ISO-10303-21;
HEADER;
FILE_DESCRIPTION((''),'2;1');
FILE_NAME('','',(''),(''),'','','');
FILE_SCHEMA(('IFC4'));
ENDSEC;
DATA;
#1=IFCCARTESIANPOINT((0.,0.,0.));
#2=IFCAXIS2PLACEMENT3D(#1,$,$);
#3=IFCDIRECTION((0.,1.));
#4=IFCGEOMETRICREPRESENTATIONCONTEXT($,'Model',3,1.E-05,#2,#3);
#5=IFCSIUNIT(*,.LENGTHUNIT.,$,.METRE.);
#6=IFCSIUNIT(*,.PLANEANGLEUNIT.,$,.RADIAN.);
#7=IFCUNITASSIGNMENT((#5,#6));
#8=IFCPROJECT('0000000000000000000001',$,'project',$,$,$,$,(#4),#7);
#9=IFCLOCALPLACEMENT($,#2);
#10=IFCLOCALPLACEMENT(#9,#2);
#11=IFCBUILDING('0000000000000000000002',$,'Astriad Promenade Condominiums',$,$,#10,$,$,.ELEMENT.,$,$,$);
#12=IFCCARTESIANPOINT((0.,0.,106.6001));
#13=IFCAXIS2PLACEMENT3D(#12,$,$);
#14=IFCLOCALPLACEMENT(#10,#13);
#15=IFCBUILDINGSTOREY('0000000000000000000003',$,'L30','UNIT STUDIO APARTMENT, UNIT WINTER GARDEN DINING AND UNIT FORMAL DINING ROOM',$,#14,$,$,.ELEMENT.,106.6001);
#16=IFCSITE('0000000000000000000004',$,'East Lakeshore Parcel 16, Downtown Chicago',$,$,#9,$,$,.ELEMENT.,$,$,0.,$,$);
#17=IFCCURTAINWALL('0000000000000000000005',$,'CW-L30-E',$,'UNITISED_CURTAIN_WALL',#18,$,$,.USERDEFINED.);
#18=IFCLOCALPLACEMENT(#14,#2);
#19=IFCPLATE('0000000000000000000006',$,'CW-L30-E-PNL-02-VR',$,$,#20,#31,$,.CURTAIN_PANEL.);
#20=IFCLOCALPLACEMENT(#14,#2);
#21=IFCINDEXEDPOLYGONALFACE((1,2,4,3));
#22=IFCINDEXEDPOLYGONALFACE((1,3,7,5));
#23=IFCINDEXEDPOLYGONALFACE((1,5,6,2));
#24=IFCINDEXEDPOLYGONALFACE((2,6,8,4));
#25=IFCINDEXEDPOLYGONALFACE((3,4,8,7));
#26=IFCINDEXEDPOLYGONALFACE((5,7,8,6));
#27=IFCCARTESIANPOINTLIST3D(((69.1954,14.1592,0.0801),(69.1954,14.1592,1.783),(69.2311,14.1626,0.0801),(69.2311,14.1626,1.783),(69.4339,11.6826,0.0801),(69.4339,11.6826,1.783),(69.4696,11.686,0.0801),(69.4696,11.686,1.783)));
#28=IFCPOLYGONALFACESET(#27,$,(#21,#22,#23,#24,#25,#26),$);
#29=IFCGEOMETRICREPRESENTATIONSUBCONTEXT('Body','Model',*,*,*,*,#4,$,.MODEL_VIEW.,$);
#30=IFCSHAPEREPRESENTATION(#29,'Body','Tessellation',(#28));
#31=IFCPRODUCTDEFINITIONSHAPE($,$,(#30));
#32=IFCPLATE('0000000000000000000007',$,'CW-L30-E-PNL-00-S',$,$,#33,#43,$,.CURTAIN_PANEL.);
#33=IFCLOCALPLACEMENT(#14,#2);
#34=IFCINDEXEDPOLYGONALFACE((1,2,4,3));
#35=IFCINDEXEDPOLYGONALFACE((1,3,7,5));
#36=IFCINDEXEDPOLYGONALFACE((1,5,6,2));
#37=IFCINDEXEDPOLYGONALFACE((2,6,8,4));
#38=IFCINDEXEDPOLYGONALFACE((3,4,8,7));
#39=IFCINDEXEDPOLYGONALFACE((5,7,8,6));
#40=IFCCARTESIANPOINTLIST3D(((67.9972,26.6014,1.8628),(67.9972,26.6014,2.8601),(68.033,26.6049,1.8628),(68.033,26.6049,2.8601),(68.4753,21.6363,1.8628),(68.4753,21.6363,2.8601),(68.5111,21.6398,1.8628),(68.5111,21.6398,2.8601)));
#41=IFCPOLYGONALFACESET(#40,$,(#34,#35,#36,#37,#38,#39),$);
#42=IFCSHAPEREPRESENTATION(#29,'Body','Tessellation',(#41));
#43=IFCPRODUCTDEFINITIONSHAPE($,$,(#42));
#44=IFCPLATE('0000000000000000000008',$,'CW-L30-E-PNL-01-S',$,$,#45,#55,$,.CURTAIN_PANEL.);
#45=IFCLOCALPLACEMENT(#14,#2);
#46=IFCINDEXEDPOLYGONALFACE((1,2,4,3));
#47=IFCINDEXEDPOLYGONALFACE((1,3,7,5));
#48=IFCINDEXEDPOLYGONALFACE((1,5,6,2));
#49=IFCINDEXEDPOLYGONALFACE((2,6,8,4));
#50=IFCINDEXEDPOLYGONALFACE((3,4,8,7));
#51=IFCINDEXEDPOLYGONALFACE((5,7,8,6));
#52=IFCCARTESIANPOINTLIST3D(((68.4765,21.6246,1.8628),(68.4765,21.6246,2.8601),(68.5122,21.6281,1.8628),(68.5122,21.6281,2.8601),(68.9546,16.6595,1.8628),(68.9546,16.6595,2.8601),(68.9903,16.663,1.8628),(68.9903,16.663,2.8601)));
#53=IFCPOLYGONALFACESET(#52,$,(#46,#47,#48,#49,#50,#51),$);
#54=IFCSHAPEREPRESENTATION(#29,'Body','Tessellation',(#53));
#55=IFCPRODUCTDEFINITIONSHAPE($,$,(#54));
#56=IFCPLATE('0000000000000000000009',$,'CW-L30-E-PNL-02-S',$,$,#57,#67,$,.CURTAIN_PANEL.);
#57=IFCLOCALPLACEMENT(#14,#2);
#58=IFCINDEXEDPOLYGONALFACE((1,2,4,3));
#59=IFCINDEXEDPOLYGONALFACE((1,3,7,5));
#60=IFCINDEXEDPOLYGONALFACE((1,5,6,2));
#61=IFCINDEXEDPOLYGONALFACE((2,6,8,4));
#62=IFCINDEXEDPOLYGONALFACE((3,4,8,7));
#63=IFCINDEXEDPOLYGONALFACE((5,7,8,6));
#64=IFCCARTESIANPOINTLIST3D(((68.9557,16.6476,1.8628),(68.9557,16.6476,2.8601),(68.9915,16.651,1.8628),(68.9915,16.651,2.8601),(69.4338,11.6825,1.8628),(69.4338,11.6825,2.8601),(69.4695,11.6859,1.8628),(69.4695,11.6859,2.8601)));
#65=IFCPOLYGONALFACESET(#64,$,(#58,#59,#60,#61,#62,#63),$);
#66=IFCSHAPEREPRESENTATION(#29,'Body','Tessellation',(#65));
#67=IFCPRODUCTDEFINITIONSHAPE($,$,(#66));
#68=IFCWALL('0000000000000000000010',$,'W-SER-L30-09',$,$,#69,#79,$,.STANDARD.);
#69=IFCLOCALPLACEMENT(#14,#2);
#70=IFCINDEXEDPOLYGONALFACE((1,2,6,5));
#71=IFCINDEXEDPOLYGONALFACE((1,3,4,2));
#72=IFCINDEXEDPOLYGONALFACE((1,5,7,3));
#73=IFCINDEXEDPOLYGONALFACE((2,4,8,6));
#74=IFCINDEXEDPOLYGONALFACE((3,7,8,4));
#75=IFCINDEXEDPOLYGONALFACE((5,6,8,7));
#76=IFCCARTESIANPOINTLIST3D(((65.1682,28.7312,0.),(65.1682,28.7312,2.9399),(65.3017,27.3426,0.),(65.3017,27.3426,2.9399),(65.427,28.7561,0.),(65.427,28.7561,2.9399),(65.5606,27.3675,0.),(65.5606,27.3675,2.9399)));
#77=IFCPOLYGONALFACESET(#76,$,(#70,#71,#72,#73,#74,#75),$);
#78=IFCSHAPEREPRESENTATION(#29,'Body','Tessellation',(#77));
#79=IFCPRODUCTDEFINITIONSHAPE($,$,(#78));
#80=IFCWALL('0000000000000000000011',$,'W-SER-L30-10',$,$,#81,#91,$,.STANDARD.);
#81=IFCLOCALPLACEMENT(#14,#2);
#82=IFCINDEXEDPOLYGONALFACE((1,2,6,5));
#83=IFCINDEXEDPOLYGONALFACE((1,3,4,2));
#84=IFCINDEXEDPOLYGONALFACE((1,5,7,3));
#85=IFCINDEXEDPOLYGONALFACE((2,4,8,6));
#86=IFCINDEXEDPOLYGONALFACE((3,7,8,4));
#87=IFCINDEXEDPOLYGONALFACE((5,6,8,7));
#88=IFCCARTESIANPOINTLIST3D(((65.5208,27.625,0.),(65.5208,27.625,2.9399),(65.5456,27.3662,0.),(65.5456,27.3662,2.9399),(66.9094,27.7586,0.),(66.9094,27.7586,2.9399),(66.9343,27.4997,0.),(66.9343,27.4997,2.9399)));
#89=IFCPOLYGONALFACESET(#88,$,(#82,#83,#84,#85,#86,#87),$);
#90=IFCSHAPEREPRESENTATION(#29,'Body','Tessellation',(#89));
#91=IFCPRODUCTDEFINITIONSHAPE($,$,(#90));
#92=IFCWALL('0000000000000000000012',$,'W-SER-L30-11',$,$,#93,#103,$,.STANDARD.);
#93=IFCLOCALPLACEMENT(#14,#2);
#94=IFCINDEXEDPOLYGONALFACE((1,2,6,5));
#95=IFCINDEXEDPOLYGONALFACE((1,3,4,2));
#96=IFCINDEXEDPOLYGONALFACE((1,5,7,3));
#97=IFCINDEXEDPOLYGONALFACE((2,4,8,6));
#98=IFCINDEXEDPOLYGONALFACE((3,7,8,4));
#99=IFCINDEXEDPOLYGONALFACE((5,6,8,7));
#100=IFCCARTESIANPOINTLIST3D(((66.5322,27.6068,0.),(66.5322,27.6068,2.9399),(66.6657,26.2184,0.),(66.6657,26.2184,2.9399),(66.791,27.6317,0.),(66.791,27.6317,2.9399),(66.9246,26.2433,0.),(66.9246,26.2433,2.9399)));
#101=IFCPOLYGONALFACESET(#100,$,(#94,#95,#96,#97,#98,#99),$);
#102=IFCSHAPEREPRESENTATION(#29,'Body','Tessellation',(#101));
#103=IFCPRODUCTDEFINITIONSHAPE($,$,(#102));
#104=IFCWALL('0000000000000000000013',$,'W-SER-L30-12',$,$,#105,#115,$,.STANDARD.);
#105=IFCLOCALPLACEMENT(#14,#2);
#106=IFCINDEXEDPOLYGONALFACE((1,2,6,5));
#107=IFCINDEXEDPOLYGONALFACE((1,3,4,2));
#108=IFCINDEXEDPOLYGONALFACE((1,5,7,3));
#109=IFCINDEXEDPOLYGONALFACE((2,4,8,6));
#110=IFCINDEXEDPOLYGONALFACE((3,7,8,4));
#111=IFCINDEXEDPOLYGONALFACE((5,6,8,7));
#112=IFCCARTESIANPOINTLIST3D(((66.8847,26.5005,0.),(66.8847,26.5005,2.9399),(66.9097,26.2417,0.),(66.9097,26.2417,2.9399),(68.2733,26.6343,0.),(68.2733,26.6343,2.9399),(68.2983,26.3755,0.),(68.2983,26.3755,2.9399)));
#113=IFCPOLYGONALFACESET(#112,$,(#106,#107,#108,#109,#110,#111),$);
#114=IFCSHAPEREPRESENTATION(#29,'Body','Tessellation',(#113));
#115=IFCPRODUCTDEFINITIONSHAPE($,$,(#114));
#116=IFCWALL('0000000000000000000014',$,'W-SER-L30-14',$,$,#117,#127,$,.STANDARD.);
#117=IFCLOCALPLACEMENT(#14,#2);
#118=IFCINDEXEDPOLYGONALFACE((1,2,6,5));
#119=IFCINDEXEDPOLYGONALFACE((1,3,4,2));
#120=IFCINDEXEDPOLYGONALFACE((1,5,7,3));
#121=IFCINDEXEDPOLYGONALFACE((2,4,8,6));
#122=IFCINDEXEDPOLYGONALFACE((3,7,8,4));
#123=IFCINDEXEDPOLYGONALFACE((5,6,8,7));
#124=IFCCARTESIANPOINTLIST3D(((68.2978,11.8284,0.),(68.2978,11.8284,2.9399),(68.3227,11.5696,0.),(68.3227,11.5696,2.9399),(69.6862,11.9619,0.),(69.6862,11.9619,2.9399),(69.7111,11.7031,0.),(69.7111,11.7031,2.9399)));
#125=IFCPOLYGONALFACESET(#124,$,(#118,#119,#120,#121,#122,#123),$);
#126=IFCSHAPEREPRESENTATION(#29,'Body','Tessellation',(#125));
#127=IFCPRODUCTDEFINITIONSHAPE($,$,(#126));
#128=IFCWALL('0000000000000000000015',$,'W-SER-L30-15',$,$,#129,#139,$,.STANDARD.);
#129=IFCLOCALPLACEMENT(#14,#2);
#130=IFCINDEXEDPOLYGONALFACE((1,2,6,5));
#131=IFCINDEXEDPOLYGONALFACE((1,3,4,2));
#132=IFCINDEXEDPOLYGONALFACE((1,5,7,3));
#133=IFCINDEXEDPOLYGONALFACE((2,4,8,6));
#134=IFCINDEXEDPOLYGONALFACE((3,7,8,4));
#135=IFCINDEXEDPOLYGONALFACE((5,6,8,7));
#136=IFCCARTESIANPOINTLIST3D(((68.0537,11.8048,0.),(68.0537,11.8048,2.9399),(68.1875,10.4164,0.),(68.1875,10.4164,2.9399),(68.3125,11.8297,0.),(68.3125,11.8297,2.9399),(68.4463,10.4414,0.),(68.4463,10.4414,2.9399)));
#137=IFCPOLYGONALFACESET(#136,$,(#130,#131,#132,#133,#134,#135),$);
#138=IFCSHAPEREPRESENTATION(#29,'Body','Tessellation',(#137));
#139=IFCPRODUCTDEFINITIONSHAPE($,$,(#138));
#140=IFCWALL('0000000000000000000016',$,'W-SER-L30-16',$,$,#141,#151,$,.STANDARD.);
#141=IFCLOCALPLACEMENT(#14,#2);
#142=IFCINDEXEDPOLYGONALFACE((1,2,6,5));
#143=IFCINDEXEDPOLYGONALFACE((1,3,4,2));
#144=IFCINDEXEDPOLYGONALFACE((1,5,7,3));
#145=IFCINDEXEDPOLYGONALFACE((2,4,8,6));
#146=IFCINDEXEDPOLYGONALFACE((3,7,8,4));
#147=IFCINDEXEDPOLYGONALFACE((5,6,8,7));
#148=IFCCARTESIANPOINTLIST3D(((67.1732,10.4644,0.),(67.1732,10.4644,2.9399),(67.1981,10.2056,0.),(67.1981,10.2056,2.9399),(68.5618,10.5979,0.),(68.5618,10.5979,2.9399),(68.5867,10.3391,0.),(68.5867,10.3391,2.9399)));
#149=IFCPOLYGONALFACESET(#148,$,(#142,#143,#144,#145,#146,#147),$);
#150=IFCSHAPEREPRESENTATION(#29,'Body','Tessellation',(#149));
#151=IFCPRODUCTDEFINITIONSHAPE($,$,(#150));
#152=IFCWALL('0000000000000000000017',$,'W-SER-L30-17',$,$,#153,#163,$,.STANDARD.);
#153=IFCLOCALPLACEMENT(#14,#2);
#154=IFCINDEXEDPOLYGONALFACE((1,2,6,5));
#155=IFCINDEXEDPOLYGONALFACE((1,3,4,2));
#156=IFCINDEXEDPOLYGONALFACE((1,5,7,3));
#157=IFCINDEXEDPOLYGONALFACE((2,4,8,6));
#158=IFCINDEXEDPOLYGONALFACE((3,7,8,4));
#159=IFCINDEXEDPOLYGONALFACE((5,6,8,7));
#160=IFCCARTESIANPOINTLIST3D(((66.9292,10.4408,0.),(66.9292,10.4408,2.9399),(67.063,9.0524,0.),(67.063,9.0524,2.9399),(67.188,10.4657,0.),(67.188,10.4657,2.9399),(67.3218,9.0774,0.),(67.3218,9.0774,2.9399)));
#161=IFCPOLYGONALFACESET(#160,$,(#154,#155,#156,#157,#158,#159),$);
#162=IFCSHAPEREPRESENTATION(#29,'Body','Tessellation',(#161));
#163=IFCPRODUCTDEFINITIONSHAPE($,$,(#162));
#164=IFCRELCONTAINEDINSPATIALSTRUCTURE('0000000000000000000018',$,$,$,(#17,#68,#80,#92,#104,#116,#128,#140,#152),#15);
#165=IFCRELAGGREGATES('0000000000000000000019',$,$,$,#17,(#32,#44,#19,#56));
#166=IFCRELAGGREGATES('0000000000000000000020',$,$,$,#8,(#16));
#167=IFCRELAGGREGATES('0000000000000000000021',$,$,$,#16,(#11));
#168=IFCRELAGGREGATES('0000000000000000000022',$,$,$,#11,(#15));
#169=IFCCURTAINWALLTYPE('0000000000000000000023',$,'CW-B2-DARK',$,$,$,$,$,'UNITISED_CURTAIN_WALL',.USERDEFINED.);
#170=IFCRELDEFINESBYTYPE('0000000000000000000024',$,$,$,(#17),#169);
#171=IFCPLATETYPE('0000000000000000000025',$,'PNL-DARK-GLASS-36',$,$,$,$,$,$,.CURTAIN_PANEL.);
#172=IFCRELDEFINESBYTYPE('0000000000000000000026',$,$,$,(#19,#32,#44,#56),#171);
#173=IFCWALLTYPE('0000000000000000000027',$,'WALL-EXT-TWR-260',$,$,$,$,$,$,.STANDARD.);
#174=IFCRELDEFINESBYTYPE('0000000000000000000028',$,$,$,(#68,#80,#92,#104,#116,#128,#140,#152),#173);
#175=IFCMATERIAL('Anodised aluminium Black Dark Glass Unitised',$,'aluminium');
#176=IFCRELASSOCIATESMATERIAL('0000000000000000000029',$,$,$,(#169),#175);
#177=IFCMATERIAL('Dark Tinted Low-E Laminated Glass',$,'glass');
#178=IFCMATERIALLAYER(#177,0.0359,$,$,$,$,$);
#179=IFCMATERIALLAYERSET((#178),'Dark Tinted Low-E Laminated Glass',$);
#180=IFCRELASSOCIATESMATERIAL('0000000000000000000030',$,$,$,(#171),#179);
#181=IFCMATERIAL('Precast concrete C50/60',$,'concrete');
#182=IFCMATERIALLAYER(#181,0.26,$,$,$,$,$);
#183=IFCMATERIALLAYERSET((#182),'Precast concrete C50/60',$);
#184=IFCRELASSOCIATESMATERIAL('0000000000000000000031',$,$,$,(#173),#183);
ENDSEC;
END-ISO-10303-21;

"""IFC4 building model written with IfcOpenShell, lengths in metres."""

from ifc_helpers import new_model, si_unit, direction, frame, frame_2d, origin, origin_2d, place, context, subcontext, project, spatial, rectangle, extrude, source, transform, mapped, material, layer, layer_set, type_object, type_shapes, element, aggregate, save


model = new_model("IFC4")

# Units and contexts
model_context = context("Model", 3, precision=1e-05, world=origin(), true_north=direction((0.0, 1.0)))
body_context = subcontext(model_context, "Body", "Model", "MODEL_VIEW")
ifc_project = project(units=[si_unit("LENGTHUNIT", "METRE"), si_unit("PLANEANGLEUNIT", "RADIAN")], contexts=[model_context])

# Site, building, storey
site_placement = place(None, origin())
site = spatial("IfcSite", under=ifc_project, at=site_placement, Name="East Lakeshore Parcel 16, Downtown Chicago", CompositionType="ELEMENT", RefElevation=0.0)
building_placement = place(site_placement, origin())
building = spatial("IfcBuilding", under=site, at=building_placement, Name="Astriad Promenade Condominiums", CompositionType="ELEMENT")
storey_placement = place(building_placement, frame((0.0, 0.0, 106.6001)))
storey = spatial("IfcBuildingStorey", under=building, at=storey_placement, Name="L30", Description="UNIT STUDIO APARTMENT, UNIT WINTER GARDEN DINING AND UNIT FORMAL DINING ROOM", CompositionType="ELEMENT", Elevation=106.6001)

# Curtain wall, plates
ifc_material_1 = material(Name="Anodised aluminium Black Dark Glass Unitised", Category="aluminium")
curtain_wall_type = type_object("IfcCurtainWallType", Name="CW-B2-DARK", ElementType="UNITISED_CURTAIN_WALL", PredefinedType="USERDEFINED", material=ifc_material_1)
curtain_wall_placement = place(storey_placement, origin())
curtain_wall = element("IfcCurtainWall", 1, at=curtain_wall_placement, inside=storey, type_object=curtain_wall_type, Name="CW-L30-E", ObjectType="UNITISED_CURTAIN_WALL", PredefinedType="USERDEFINED")
ifc_material_2 = material(Name="Dark Tinted Low-E Laminated Glass", Category="glass")
ifc_layer_1 = layer(ifc_material_2, 0.0359)
ifc_layer_set_1 = layer_set([ifc_layer_1], Name="Dark Tinted Low-E Laminated Glass")
plate_type = type_object("IfcPlateType", Name="PNL-DARK-GLASS-36", PredefinedType="CURTAIN_PANEL", material=ifc_layer_set_1)
shared_shape_1 = source(origin(), body_context, "Body", "SweptSolid", [
    extrude(rectangle(XDim=2.488, YDim=0.0359, at=origin_2d()), origin(), (0.0, 0.0, 1.0), 1.7029),
])
plate_1_placement = place(storey_placement, frame((69.3325, 12.9226, 0.0801), z_axis=(0.0, 0.0, 1.0), x_axis=(0.095846, -0.995396, 0.0)))
plate_1 = element("IfcPlate", 2, at=plate_1_placement, type_object=plate_type, Name="CW-L30-E-PNL-02-VR", PredefinedType="CURTAIN_PANEL", context=body_context, shape_type="MappedRepresentation", body=[
    mapped(shared_shape_1, transform((0.0, 0.0, 0.0), scale=1.0)),
])
shared_shape_2 = source(origin(), body_context, "Body", "SweptSolid", [
    extrude(rectangle(XDim=4.988, YDim=0.0359, at=origin_2d()), origin(), (0.0, 0.0, 1.0), 0.9973),
])
type_shapes(plate_type, [shared_shape_1, shared_shape_2])
plate_2_placement = place(storey_placement, frame((68.2542, 24.1206, 1.8628), z_axis=(0.0, 0.0, 1.0), x_axis=(0.095846, -0.995396, 0.0)))
plate_2 = element("IfcPlate", 3, at=plate_2_placement, type_object=plate_type, Name="CW-L30-E-PNL-00-S", PredefinedType="CURTAIN_PANEL", context=body_context, shape_type="MappedRepresentation", body=[
    mapped(shared_shape_2, transform((0.0, 0.0, 0.0), scale=1.0)),
])
plate_3_placement = place(storey_placement, frame((68.7334, 19.1438, 1.8628), z_axis=(0.0, 0.0, 1.0), x_axis=(0.095846, -0.995396, 0.0)))
plate_3 = element("IfcPlate", 4, at=plate_3_placement, type_object=plate_type, Name="CW-L30-E-PNL-01-S", PredefinedType="CURTAIN_PANEL", context=body_context, shape_type="MappedRepresentation", body=[
    mapped(shared_shape_2, transform((0.0, 0.0, 0.0), scale=1.0)),
])
plate_4_placement = place(storey_placement, frame((69.2126, 14.1667, 1.8628), z_axis=(0.0, 0.0, 1.0), x_axis=(0.095846, -0.995396, 0.0)))
plate_4 = element("IfcPlate", 5, at=plate_4_placement, type_object=plate_type, Name="CW-L30-E-PNL-02-S", PredefinedType="CURTAIN_PANEL", context=body_context, shape_type="MappedRepresentation", body=[
    mapped(shared_shape_2, transform((0.0, 0.0, 0.0), scale=1.0)),
])
aggregate(curtain_wall, [plate_2, plate_3, plate_1, plate_4])

# Walls
ifc_material_3 = material(Name="Precast concrete C50/60", Category="concrete")
ifc_layer_2 = layer(ifc_material_3, 0.26)
ifc_layer_set_2 = layer_set([ifc_layer_2], Name="Precast concrete C50/60")
wall_type_1 = type_object("IfcWallType", Name="WALL-EXT-TWR-260", PredefinedType="STANDARD", material=ifc_layer_set_2)
for number, where, z_axis, x_axis, name in (
    (6, (65.2976, 28.7437, 0.0), (0.0, 0.0, 1.0), (0.095726, -0.995408, 0.0), "W-SER-L30-09"),
    (7, (65.5332, 27.4956, 0.0), (0.0, 0.0, 1.0), (0.995408, 0.095726, 0.0), "W-SER-L30-10"),
):
    element("IfcWall", number, at=place(storey_placement, frame(where, z_axis=z_axis, x_axis=x_axis)), inside=storey, type_object=wall_type_1, Name=name, PredefinedType="STANDARD", context=body_context, shape_type="SweptSolid", body=[
        extrude(rectangle(XDim=1.395, YDim=0.26, at=frame_2d((0.6975, 0.0))), origin(), (0.0, 0.0, 1.0), 2.9399),
    ])
wall_1_placement = place(storey_placement, frame((66.6616, 27.6191, 0.0), z_axis=(0.0, 0.0, 1.0), x_axis=(0.095742, -0.995406, 0.0)))
element("IfcWall", 8, at=wall_1_placement, inside=storey, type_object=wall_type_1, Name="W-SER-L30-11", PredefinedType="STANDARD", context=body_context, shape_type="SweptSolid", body=[
    extrude(rectangle(XDim=1.3948, YDim=0.26, at=frame_2d((0.6973, 0.0))), origin(), (0.0, 0.0, 1.0), 2.9399),
])
wall_2_placement = place(storey_placement, frame((66.8972, 26.3711, 0.0), z_axis=(0.0, 0.0, 1.0), x_axis=(0.995391, 0.095899, 0.0)))
element("IfcWall", 9, at=wall_2_placement, inside=storey, type_object=wall_type_1, Name="W-SER-L30-12", PredefinedType="STANDARD", context=body_context, shape_type="SweptSolid", body=[
    extrude(rectangle(XDim=1.395, YDim=0.26, at=frame_2d((0.6975, 0.0))), origin(), (0.0, 0.0, 1.0), 2.9399),
])
for number, where, z_axis, x_axis, name in (
    (10, (69.6985, 11.8325, 0.0), (0.0, 0.0, 1.0), (-0.995406, -0.095742, 0.0), "W-SER-L30-14"),
    (11, (68.1831, 11.8171, 0.0), (0.0, 0.0, 1.0), (0.095916, -0.995389, 0.0), "W-SER-L30-15"),
):
    element("IfcWall", number, at=place(storey_placement, frame(where, z_axis=z_axis, x_axis=x_axis)), inside=storey, type_object=wall_type_1, Name=name, PredefinedType="STANDARD", context=body_context, shape_type="SweptSolid", body=[
        extrude(rectangle(XDim=1.3948, YDim=0.26, at=frame_2d((0.6973, 0.0))), origin(), (0.0, 0.0, 1.0), 2.9399),
    ])
wall_3_placement = place(storey_placement, frame((68.5742, 10.4685, 0.0), z_axis=(0.0, 0.0, 1.0), x_axis=(-0.995408, -0.095726, 0.0)))
element("IfcWall", 12, at=wall_3_placement, inside=storey, type_object=wall_type_1, Name="W-SER-L30-16", PredefinedType="STANDARD", context=body_context, shape_type="SweptSolid", body=[
    extrude(rectangle(XDim=1.395, YDim=0.26, at=frame_2d((0.6975, 0.0))), origin(), (0.0, 0.0, 1.0), 2.9399),
])
wall_4_placement = place(storey_placement, frame((67.0586, 10.4531, 0.0), z_axis=(0.0, 0.0, 1.0), x_axis=(0.095916, -0.995389, 0.0)))
element("IfcWall", 13, at=wall_4_placement, inside=storey, type_object=wall_type_1, Name="W-SER-L30-17", PredefinedType="STANDARD", context=body_context, shape_type="SweptSolid", body=[
    extrude(rectangle(XDim=1.3948, YDim=0.26, at=frame_2d((0.6973, 0.0))), origin(), (0.0, 0.0, 1.0), 2.9399),
])

save(model, "model.ifc")
